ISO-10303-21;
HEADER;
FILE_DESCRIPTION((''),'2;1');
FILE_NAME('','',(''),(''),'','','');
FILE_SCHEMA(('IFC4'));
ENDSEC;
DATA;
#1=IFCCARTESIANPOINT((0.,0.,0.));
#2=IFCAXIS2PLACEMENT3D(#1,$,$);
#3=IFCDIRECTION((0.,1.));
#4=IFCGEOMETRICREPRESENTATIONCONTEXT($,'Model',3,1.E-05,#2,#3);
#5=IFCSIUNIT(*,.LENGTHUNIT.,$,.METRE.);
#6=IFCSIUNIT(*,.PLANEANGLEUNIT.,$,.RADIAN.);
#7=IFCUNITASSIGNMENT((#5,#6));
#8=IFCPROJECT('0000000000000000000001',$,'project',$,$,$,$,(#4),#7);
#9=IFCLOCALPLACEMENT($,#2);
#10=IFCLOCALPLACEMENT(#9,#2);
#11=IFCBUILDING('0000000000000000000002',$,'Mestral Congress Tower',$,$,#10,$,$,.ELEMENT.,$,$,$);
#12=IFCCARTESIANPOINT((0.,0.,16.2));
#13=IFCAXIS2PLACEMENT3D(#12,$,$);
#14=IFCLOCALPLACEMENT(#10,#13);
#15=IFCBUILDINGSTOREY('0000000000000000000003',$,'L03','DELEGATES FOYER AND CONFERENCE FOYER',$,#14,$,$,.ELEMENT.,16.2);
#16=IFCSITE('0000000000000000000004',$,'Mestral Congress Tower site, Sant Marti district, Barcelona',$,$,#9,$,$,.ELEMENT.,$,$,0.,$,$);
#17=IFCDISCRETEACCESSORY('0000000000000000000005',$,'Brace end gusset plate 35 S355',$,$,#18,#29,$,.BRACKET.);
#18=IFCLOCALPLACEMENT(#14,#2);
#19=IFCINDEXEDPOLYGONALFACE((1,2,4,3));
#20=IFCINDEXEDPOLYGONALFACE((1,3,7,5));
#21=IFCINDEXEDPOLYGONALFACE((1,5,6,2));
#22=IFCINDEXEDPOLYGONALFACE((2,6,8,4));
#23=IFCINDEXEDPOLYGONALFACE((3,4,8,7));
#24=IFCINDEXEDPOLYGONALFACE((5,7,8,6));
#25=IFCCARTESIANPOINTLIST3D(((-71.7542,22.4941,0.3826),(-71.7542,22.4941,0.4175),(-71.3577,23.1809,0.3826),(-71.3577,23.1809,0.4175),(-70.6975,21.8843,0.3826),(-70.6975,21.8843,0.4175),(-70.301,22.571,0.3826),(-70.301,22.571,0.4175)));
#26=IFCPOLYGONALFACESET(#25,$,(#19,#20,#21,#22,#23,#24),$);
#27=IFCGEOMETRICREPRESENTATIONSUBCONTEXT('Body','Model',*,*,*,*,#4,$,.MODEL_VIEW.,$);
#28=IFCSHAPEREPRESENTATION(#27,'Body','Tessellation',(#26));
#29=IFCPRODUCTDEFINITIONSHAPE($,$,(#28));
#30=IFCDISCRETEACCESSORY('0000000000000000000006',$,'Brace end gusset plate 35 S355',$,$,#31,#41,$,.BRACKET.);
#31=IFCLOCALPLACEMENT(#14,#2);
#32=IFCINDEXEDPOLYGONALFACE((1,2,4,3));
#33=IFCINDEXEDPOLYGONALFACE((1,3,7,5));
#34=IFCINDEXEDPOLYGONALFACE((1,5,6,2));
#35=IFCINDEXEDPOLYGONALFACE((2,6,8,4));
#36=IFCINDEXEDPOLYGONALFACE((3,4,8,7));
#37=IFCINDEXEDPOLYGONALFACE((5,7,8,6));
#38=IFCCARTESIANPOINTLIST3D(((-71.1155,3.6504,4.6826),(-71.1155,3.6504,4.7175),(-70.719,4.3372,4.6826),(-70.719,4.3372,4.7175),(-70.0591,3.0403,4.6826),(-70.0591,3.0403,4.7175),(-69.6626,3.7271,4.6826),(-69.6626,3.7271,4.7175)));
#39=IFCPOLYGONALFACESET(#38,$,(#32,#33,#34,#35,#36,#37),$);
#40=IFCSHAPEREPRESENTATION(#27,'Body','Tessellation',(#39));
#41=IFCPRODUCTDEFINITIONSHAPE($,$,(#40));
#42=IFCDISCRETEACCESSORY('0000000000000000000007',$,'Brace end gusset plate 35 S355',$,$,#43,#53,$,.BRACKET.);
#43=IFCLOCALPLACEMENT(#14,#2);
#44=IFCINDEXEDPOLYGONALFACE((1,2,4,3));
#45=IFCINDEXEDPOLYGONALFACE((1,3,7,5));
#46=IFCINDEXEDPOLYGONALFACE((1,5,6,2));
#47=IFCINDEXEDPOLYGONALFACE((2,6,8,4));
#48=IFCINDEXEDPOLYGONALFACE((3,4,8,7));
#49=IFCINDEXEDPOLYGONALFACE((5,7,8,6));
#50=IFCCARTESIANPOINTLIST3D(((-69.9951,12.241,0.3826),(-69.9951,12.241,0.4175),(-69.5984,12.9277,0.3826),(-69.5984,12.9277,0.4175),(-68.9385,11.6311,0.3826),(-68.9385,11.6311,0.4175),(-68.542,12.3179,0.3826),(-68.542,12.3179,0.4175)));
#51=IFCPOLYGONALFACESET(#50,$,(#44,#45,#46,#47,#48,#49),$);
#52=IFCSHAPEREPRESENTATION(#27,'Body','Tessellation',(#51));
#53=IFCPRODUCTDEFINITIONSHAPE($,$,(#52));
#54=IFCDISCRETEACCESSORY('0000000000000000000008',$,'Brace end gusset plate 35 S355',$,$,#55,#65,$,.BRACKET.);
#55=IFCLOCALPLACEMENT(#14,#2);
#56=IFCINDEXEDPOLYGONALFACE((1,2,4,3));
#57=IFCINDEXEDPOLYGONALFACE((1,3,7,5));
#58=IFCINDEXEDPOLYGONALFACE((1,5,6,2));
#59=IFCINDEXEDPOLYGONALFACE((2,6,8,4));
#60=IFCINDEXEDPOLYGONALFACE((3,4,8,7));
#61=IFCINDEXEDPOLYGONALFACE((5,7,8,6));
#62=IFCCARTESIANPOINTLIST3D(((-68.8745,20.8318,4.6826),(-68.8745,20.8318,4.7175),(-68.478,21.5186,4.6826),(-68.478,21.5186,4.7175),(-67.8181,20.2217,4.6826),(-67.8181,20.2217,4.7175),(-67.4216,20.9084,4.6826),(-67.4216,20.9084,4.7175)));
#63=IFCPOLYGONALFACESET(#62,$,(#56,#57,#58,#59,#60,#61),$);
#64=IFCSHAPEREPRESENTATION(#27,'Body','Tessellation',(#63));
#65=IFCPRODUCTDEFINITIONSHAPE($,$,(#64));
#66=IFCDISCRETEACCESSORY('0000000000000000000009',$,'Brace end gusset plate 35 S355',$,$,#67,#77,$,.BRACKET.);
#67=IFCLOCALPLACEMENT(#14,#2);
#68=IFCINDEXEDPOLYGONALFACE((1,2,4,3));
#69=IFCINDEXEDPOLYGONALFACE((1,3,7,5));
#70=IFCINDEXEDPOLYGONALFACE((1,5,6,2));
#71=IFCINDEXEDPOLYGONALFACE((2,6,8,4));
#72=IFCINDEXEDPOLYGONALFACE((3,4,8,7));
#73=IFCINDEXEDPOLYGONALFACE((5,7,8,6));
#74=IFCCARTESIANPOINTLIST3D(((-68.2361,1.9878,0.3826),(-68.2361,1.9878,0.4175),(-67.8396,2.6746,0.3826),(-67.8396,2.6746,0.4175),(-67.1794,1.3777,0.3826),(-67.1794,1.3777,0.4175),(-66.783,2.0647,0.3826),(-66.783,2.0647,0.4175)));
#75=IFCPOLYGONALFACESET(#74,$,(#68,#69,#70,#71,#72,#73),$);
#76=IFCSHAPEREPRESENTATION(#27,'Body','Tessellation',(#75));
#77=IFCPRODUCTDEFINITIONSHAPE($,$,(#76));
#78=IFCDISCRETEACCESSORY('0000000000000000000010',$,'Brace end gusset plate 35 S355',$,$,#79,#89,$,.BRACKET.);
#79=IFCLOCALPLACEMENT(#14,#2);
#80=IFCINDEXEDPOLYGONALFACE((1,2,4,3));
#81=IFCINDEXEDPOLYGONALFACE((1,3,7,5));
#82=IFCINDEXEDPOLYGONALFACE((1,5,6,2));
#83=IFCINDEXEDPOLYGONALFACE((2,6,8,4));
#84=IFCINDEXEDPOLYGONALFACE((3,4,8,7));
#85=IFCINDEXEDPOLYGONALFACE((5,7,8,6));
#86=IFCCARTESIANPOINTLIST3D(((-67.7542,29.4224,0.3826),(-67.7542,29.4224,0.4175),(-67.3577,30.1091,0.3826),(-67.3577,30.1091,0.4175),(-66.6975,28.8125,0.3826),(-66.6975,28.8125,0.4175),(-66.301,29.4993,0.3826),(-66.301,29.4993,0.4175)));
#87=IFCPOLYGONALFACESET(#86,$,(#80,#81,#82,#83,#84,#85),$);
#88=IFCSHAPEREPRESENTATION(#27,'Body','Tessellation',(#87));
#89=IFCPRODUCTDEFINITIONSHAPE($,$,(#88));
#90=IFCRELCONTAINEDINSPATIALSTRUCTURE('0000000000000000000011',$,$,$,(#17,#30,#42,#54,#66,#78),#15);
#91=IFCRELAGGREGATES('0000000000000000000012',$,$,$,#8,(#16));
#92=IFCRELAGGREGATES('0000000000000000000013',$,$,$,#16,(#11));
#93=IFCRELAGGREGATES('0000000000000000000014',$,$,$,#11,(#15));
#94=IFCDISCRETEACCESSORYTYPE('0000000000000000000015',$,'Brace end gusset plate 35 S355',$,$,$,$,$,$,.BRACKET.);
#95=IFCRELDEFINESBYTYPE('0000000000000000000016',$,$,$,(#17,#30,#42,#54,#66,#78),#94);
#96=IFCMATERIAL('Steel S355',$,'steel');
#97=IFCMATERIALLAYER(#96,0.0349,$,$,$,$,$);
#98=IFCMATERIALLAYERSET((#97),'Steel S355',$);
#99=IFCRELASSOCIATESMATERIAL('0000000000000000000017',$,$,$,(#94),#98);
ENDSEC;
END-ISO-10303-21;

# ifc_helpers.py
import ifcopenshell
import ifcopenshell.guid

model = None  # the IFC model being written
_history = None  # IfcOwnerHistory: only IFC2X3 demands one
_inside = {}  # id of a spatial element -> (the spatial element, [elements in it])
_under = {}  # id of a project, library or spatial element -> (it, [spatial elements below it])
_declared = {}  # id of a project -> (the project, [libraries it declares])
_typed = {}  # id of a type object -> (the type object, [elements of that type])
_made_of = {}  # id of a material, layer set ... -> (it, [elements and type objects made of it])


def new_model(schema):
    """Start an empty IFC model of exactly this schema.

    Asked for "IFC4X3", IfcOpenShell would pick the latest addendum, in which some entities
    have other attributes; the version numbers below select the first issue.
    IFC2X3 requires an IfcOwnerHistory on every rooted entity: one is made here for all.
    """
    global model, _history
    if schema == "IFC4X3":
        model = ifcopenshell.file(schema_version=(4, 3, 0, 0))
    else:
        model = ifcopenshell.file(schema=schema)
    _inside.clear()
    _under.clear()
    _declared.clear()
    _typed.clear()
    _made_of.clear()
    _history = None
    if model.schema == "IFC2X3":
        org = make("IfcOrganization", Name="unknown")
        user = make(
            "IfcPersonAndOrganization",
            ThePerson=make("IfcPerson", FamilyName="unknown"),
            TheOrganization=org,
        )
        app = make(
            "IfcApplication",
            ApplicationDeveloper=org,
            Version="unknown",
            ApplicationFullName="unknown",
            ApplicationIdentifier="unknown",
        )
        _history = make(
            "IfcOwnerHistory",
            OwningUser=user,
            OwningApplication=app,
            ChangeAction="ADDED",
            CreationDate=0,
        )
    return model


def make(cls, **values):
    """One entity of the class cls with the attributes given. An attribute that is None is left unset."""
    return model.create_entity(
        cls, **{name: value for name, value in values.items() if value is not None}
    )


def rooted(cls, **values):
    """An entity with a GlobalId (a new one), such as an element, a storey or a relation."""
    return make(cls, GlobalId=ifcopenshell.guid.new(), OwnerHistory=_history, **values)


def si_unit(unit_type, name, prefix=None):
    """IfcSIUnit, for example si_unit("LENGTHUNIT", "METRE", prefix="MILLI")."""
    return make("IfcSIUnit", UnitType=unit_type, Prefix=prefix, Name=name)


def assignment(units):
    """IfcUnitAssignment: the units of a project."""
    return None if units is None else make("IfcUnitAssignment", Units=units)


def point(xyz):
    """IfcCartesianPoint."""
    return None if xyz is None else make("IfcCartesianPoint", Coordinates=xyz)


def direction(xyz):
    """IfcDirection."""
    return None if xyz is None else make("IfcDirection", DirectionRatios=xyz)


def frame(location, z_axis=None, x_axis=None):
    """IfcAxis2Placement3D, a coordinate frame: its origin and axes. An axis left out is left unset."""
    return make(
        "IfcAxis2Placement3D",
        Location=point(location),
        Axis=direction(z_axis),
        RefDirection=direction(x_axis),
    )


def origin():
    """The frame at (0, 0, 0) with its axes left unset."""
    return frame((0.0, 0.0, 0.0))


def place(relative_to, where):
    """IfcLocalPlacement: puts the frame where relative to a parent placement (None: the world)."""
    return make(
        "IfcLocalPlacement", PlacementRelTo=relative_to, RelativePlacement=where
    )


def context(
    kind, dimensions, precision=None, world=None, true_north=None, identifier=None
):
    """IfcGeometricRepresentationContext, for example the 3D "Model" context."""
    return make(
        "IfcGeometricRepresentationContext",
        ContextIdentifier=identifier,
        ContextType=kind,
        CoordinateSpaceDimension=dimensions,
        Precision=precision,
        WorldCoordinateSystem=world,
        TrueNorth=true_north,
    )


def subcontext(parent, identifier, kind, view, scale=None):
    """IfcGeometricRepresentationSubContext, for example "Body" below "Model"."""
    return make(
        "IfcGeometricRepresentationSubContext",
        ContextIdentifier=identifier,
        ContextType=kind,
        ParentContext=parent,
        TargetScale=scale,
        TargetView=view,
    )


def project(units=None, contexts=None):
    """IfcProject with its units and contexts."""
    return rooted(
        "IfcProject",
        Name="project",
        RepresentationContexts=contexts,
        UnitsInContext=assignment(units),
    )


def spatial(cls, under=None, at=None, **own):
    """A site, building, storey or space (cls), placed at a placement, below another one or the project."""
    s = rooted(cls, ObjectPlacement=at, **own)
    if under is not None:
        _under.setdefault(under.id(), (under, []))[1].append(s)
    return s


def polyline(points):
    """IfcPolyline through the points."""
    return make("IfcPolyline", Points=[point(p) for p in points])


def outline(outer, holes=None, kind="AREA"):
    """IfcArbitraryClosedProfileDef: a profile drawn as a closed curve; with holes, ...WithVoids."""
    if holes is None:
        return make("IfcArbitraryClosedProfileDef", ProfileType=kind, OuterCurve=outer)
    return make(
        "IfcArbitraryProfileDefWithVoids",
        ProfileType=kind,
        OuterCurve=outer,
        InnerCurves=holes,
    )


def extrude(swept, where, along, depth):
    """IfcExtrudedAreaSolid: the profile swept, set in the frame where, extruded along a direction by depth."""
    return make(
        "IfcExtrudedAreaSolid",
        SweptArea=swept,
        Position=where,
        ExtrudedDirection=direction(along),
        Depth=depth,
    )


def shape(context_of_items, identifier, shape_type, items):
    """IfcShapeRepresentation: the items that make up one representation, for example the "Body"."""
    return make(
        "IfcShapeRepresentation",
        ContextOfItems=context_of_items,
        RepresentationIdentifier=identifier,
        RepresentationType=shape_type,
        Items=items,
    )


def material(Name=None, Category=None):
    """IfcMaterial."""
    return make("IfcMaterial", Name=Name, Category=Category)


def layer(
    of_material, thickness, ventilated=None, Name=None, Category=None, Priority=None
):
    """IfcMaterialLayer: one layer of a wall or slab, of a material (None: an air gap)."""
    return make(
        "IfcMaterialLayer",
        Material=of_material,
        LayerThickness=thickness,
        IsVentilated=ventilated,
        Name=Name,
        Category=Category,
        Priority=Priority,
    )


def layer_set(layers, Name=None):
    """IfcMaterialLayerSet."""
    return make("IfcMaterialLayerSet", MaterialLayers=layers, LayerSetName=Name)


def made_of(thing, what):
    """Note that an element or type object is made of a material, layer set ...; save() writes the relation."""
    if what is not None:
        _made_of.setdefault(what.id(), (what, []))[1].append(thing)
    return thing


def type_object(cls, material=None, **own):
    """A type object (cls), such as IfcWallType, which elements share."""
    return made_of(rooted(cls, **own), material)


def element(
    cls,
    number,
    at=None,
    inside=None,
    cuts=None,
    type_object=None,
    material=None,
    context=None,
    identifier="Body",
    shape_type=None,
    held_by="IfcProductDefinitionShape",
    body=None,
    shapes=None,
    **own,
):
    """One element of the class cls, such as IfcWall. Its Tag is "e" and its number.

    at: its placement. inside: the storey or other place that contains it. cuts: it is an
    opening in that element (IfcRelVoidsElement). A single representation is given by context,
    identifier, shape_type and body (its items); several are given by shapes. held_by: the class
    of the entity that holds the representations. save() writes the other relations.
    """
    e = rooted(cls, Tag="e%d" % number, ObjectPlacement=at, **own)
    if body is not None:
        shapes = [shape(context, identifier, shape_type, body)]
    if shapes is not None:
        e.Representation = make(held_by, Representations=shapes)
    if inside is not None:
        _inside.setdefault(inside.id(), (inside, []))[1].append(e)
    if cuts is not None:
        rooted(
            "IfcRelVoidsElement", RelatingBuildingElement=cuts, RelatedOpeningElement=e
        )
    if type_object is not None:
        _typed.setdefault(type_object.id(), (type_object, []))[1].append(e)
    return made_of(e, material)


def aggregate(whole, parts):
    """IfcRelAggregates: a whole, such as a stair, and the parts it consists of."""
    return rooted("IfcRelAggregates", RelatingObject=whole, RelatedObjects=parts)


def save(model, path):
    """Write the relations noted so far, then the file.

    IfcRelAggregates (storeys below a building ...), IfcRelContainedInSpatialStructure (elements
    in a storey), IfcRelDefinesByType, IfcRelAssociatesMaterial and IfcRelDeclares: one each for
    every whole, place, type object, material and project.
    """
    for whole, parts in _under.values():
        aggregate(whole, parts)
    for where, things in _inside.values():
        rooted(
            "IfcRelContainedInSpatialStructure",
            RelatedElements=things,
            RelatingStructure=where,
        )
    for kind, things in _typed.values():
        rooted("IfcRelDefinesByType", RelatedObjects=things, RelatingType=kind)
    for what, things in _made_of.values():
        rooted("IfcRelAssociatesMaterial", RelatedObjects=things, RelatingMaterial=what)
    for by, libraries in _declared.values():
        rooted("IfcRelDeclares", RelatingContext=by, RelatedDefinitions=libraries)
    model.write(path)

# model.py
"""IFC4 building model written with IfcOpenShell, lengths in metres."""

from ifc_helpers import new_model, si_unit, direction, frame, origin, place, context, subcontext, project, spatial, polyline, outline, extrude, material, layer, layer_set, type_object, element, save


model = new_model("IFC4")

# Units and contexts
model_context = context("Model", 3, precision=1e-05, world=origin(), true_north=direction((0.0, 1.0)))
body_context = subcontext(model_context, "Body", "Model", "MODEL_VIEW")
ifc_project = project(units=[si_unit("LENGTHUNIT", "METRE"), si_unit("PLANEANGLEUNIT", "RADIAN")], contexts=[model_context])

# Site, building, storey
site_placement = place(None, origin())
site = spatial("IfcSite", under=ifc_project, at=site_placement, Name="Mestral Congress Tower site, Sant Marti district, Barcelona", CompositionType="ELEMENT", RefElevation=0.0)
building_placement = place(site_placement, origin())
building = spatial("IfcBuilding", under=site, at=building_placement, Name="Mestral Congress Tower", CompositionType="ELEMENT")
storey_placement = place(building_placement, frame((0.0, 0.0, 16.2)))
storey = spatial("IfcBuildingStorey", under=building, at=storey_placement, Name="L03", Description="DELEGATES FOYER AND CONFERENCE FOYER", CompositionType="ELEMENT", Elevation=16.2)

# Shared definitions
ifc_material_1 = material(Name="Steel S355", Category="steel")

# Discrete accessories
ifc_layer_1 = layer(ifc_material_1, 0.0349)
ifc_layer_set_1 = layer_set([ifc_layer_1], Name="Steel S355")
discrete_accessory_type = type_object("IfcDiscreteAccessoryType", Name="Brace end gusset plate 35 S355", PredefinedType="BRACKET", material=ifc_layer_set_1)
placement_1 = place(storey_placement, frame((0.0, 0.0, 0.3826)))
placement_2 = place(storey_placement, frame((0.0, 0.0, 4.6826)))
element("IfcDiscreteAccessory", 1, at=placement_1, inside=storey, type_object=discrete_accessory_type, Name="Brace end gusset plate 35 S355", PredefinedType="BRACKET", context=body_context, shape_type="SweptSolid", body=[
    extrude(outline(polyline([(-71.7542, 22.4941), (-70.6975, 21.8843), (-70.301, 22.571), (-71.3577, 23.1809), (-71.7542, 22.4941)])), origin(), (0.0, 0.0, 1.0), 0.0349),
])
element("IfcDiscreteAccessory", 2, at=placement_2, inside=storey, type_object=discrete_accessory_type, Name="Brace end gusset plate 35 S355", PredefinedType="BRACKET", context=body_context, shape_type="SweptSolid", body=[
    extrude(outline(polyline([(-71.1155, 3.6504), (-70.0591, 3.0403), (-69.6626, 3.7271), (-70.719, 4.3372), (-71.1155, 3.6504)])), origin(), (0.0, 0.0, 1.0), 0.0349),
])
element("IfcDiscreteAccessory", 3, at=placement_1, inside=storey, type_object=discrete_accessory_type, Name="Brace end gusset plate 35 S355", PredefinedType="BRACKET", context=body_context, shape_type="SweptSolid", body=[
    extrude(outline(polyline([(-69.9951, 12.241), (-68.9385, 11.6311), (-68.542, 12.3179), (-69.5984, 12.9277), (-69.9951, 12.241)])), origin(), (0.0, 0.0, 1.0), 0.0349),
])
element("IfcDiscreteAccessory", 4, at=placement_2, inside=storey, type_object=discrete_accessory_type, Name="Brace end gusset plate 35 S355", PredefinedType="BRACKET", context=body_context, shape_type="SweptSolid", body=[
    extrude(outline(polyline([(-68.8745, 20.8318), (-67.8181, 20.2217), (-67.4216, 20.9084), (-68.478, 21.5186), (-68.8745, 20.8318)])), origin(), (0.0, 0.0, 1.0), 0.0349),
])
element("IfcDiscreteAccessory", 5, at=placement_1, inside=storey, type_object=discrete_accessory_type, Name="Brace end gusset plate 35 S355", PredefinedType="BRACKET", context=body_context, shape_type="SweptSolid", body=[
    extrude(outline(polyline([(-68.2361, 1.9878), (-67.1794, 1.3777), (-66.783, 2.0647), (-67.8396, 2.6746), (-68.2361, 1.9878)])), origin(), (0.0, 0.0, 1.0), 0.0349),
])
element("IfcDiscreteAccessory", 6, at=placement_1, inside=storey, type_object=discrete_accessory_type, Name="Brace end gusset plate 35 S355", PredefinedType="BRACKET", context=body_context, shape_type="SweptSolid", body=[
    extrude(outline(polyline([(-67.7542, 29.4224), (-66.6975, 28.8125), (-66.301, 29.4993), (-67.3577, 30.1091), (-67.7542, 29.4224)])), origin(), (0.0, 0.0, 1.0), 0.0349),
])

save(model, "model.ifc")
